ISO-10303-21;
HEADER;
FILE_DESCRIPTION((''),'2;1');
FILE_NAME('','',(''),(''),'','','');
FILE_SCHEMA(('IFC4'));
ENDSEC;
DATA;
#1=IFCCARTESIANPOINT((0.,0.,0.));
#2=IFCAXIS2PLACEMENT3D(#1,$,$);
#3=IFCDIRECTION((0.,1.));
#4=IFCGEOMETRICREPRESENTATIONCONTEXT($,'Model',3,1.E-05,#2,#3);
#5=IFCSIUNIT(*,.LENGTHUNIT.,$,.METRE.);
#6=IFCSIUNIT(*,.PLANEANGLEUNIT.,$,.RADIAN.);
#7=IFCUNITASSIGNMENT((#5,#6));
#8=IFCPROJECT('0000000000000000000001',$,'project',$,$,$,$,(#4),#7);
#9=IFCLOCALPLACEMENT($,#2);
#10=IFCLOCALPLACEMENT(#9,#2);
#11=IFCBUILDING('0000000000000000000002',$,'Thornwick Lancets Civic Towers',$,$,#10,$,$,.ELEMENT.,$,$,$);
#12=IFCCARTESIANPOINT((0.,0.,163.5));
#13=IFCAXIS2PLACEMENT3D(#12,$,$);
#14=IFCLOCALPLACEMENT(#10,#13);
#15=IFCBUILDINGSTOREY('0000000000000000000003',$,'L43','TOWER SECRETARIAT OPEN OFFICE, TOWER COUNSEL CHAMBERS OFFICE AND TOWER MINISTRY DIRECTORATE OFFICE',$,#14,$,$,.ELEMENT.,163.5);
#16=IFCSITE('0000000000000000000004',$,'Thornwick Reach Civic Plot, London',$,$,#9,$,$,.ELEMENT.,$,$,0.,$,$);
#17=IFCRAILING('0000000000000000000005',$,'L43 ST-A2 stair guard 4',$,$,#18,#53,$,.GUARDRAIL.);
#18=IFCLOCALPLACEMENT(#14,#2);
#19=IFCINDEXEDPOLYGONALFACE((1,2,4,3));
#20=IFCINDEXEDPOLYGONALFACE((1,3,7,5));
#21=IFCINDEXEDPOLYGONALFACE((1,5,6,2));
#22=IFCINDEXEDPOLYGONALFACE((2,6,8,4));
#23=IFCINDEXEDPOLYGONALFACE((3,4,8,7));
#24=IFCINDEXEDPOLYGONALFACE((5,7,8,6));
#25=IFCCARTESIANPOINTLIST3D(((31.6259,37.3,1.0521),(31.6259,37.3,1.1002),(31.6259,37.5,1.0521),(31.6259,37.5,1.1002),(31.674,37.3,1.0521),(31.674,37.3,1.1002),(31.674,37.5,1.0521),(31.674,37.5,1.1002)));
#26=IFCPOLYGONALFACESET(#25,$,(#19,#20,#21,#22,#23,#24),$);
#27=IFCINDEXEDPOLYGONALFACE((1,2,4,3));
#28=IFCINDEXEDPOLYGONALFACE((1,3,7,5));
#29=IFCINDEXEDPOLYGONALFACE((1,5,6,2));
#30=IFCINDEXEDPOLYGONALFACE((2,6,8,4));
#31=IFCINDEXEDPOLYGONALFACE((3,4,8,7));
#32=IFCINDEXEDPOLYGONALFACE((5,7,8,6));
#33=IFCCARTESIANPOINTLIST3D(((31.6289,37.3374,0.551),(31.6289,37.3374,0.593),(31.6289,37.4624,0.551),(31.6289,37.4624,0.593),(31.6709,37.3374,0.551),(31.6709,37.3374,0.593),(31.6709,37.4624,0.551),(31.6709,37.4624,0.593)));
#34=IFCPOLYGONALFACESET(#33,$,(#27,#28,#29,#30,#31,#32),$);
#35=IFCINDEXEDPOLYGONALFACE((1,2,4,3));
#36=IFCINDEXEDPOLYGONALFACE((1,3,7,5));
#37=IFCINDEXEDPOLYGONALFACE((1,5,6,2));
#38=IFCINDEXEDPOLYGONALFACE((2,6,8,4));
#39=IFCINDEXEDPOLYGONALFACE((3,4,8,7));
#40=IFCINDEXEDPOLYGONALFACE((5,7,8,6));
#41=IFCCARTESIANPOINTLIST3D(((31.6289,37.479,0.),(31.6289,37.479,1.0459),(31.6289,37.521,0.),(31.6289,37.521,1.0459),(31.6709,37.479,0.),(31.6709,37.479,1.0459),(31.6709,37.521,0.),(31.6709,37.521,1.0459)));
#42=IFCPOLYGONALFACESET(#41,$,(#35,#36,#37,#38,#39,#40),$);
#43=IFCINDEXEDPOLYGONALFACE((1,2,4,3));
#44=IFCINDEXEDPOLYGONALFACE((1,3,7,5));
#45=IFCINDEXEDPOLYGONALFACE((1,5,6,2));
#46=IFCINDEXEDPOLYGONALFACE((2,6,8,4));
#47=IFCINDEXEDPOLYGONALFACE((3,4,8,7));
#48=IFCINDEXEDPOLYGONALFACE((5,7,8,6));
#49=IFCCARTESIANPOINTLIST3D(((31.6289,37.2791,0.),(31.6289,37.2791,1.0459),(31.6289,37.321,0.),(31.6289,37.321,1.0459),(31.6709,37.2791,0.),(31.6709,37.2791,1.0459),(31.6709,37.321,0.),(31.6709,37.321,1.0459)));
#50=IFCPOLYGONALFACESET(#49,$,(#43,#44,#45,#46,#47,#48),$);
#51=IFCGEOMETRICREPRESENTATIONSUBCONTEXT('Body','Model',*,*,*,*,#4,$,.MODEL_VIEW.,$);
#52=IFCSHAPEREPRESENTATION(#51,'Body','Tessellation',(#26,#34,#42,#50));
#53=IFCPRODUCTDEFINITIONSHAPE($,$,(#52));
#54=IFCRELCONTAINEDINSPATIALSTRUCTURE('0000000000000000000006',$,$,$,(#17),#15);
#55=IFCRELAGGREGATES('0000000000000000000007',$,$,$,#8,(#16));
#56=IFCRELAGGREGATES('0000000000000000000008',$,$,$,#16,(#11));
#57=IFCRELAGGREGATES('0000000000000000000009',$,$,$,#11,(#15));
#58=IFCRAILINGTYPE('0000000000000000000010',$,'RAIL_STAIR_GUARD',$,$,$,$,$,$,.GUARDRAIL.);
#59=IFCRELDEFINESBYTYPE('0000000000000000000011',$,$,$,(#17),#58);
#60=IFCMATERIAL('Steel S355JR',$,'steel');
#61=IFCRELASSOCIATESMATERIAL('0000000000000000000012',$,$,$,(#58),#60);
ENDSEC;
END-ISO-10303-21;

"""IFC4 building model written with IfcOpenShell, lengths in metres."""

from ifc_helpers import new_model, si_unit, direction, frame, origin, origin_2d, place, context, subcontext, project, spatial, rectangle, extrude, material, type_object, element, save


model = new_model("IFC4")

# Units and contexts
model_context = context("Model", 3, precision=1e-05, world=origin(), true_north=direction((0.0, 1.0)))
body_context = subcontext(model_context, "Body", "Model", "MODEL_VIEW")
ifc_project = project(units=[si_unit("LENGTHUNIT", "METRE"), si_unit("PLANEANGLEUNIT", "RADIAN")], contexts=[model_context])

# Site, building, storey
site_placement = place(None, origin())
site = spatial("IfcSite", under=ifc_project, at=site_placement, Name="Thornwick Reach Civic Plot, London", CompositionType="ELEMENT", RefElevation=0.0)
building_placement = place(site_placement, origin())
building = spatial("IfcBuilding", under=site, at=building_placement, Name="Thornwick Lancets Civic Towers", CompositionType="ELEMENT")
storey_placement = place(building_placement, frame((0.0, 0.0, 163.5)))
storey = spatial("IfcBuildingStorey", under=building, at=storey_placement, Name="L43", Description="TOWER SECRETARIAT OPEN OFFICE, TOWER COUNSEL CHAMBERS OFFICE AND TOWER MINISTRY DIRECTORATE OFFICE", CompositionType="ELEMENT", Elevation=163.5)

# Shared definitions
ifc_material_1 = material(Name="Steel S355JR", Category="steel")

# Railing
railing_type_1 = type_object("IfcRailingType", Name="RAIL_STAIR_GUARD", PredefinedType="GUARDRAIL", material=ifc_material_1)
railing_1_placement = place(storey_placement, frame((31.6499, 37.5, 0.0)))
element("IfcRailing", 1, at=railing_1_placement, inside=storey, type_object=railing_type_1, Name="L43 ST-A2 stair guard 4", PredefinedType="GUARDRAIL", context=body_context, shape_type="SweptSolid", body=[
    extrude(rectangle(XDim=0.0481, YDim=0.0481, at=origin_2d()), frame((0.0, 0.0, 1.0762), z_axis=(0.0, -1.0, 0.0), x_axis=(1.0, 0.0, 0.0)), (0.0, 0.0, 1.0), 0.2),
    extrude(rectangle(XDim=0.042, YDim=0.042, at=origin_2d()), frame((0.0, -0.0376, 0.572), z_axis=(0.0, -1.0, 0.0), x_axis=(1.0, 0.0, 0.0)), (0.0, 0.0, 1.0), 0.125),
    extrude(rectangle(XDim=0.042, YDim=0.042, at=origin_2d()), origin(), (0.0, 0.0, 1.0), 1.0459),
    extrude(rectangle(XDim=0.042, YDim=0.042, at=origin_2d()), frame((0.0, -0.2, 0.0)), (0.0, 0.0, 1.0), 1.0459),
])

save(model, "model.ifc")
